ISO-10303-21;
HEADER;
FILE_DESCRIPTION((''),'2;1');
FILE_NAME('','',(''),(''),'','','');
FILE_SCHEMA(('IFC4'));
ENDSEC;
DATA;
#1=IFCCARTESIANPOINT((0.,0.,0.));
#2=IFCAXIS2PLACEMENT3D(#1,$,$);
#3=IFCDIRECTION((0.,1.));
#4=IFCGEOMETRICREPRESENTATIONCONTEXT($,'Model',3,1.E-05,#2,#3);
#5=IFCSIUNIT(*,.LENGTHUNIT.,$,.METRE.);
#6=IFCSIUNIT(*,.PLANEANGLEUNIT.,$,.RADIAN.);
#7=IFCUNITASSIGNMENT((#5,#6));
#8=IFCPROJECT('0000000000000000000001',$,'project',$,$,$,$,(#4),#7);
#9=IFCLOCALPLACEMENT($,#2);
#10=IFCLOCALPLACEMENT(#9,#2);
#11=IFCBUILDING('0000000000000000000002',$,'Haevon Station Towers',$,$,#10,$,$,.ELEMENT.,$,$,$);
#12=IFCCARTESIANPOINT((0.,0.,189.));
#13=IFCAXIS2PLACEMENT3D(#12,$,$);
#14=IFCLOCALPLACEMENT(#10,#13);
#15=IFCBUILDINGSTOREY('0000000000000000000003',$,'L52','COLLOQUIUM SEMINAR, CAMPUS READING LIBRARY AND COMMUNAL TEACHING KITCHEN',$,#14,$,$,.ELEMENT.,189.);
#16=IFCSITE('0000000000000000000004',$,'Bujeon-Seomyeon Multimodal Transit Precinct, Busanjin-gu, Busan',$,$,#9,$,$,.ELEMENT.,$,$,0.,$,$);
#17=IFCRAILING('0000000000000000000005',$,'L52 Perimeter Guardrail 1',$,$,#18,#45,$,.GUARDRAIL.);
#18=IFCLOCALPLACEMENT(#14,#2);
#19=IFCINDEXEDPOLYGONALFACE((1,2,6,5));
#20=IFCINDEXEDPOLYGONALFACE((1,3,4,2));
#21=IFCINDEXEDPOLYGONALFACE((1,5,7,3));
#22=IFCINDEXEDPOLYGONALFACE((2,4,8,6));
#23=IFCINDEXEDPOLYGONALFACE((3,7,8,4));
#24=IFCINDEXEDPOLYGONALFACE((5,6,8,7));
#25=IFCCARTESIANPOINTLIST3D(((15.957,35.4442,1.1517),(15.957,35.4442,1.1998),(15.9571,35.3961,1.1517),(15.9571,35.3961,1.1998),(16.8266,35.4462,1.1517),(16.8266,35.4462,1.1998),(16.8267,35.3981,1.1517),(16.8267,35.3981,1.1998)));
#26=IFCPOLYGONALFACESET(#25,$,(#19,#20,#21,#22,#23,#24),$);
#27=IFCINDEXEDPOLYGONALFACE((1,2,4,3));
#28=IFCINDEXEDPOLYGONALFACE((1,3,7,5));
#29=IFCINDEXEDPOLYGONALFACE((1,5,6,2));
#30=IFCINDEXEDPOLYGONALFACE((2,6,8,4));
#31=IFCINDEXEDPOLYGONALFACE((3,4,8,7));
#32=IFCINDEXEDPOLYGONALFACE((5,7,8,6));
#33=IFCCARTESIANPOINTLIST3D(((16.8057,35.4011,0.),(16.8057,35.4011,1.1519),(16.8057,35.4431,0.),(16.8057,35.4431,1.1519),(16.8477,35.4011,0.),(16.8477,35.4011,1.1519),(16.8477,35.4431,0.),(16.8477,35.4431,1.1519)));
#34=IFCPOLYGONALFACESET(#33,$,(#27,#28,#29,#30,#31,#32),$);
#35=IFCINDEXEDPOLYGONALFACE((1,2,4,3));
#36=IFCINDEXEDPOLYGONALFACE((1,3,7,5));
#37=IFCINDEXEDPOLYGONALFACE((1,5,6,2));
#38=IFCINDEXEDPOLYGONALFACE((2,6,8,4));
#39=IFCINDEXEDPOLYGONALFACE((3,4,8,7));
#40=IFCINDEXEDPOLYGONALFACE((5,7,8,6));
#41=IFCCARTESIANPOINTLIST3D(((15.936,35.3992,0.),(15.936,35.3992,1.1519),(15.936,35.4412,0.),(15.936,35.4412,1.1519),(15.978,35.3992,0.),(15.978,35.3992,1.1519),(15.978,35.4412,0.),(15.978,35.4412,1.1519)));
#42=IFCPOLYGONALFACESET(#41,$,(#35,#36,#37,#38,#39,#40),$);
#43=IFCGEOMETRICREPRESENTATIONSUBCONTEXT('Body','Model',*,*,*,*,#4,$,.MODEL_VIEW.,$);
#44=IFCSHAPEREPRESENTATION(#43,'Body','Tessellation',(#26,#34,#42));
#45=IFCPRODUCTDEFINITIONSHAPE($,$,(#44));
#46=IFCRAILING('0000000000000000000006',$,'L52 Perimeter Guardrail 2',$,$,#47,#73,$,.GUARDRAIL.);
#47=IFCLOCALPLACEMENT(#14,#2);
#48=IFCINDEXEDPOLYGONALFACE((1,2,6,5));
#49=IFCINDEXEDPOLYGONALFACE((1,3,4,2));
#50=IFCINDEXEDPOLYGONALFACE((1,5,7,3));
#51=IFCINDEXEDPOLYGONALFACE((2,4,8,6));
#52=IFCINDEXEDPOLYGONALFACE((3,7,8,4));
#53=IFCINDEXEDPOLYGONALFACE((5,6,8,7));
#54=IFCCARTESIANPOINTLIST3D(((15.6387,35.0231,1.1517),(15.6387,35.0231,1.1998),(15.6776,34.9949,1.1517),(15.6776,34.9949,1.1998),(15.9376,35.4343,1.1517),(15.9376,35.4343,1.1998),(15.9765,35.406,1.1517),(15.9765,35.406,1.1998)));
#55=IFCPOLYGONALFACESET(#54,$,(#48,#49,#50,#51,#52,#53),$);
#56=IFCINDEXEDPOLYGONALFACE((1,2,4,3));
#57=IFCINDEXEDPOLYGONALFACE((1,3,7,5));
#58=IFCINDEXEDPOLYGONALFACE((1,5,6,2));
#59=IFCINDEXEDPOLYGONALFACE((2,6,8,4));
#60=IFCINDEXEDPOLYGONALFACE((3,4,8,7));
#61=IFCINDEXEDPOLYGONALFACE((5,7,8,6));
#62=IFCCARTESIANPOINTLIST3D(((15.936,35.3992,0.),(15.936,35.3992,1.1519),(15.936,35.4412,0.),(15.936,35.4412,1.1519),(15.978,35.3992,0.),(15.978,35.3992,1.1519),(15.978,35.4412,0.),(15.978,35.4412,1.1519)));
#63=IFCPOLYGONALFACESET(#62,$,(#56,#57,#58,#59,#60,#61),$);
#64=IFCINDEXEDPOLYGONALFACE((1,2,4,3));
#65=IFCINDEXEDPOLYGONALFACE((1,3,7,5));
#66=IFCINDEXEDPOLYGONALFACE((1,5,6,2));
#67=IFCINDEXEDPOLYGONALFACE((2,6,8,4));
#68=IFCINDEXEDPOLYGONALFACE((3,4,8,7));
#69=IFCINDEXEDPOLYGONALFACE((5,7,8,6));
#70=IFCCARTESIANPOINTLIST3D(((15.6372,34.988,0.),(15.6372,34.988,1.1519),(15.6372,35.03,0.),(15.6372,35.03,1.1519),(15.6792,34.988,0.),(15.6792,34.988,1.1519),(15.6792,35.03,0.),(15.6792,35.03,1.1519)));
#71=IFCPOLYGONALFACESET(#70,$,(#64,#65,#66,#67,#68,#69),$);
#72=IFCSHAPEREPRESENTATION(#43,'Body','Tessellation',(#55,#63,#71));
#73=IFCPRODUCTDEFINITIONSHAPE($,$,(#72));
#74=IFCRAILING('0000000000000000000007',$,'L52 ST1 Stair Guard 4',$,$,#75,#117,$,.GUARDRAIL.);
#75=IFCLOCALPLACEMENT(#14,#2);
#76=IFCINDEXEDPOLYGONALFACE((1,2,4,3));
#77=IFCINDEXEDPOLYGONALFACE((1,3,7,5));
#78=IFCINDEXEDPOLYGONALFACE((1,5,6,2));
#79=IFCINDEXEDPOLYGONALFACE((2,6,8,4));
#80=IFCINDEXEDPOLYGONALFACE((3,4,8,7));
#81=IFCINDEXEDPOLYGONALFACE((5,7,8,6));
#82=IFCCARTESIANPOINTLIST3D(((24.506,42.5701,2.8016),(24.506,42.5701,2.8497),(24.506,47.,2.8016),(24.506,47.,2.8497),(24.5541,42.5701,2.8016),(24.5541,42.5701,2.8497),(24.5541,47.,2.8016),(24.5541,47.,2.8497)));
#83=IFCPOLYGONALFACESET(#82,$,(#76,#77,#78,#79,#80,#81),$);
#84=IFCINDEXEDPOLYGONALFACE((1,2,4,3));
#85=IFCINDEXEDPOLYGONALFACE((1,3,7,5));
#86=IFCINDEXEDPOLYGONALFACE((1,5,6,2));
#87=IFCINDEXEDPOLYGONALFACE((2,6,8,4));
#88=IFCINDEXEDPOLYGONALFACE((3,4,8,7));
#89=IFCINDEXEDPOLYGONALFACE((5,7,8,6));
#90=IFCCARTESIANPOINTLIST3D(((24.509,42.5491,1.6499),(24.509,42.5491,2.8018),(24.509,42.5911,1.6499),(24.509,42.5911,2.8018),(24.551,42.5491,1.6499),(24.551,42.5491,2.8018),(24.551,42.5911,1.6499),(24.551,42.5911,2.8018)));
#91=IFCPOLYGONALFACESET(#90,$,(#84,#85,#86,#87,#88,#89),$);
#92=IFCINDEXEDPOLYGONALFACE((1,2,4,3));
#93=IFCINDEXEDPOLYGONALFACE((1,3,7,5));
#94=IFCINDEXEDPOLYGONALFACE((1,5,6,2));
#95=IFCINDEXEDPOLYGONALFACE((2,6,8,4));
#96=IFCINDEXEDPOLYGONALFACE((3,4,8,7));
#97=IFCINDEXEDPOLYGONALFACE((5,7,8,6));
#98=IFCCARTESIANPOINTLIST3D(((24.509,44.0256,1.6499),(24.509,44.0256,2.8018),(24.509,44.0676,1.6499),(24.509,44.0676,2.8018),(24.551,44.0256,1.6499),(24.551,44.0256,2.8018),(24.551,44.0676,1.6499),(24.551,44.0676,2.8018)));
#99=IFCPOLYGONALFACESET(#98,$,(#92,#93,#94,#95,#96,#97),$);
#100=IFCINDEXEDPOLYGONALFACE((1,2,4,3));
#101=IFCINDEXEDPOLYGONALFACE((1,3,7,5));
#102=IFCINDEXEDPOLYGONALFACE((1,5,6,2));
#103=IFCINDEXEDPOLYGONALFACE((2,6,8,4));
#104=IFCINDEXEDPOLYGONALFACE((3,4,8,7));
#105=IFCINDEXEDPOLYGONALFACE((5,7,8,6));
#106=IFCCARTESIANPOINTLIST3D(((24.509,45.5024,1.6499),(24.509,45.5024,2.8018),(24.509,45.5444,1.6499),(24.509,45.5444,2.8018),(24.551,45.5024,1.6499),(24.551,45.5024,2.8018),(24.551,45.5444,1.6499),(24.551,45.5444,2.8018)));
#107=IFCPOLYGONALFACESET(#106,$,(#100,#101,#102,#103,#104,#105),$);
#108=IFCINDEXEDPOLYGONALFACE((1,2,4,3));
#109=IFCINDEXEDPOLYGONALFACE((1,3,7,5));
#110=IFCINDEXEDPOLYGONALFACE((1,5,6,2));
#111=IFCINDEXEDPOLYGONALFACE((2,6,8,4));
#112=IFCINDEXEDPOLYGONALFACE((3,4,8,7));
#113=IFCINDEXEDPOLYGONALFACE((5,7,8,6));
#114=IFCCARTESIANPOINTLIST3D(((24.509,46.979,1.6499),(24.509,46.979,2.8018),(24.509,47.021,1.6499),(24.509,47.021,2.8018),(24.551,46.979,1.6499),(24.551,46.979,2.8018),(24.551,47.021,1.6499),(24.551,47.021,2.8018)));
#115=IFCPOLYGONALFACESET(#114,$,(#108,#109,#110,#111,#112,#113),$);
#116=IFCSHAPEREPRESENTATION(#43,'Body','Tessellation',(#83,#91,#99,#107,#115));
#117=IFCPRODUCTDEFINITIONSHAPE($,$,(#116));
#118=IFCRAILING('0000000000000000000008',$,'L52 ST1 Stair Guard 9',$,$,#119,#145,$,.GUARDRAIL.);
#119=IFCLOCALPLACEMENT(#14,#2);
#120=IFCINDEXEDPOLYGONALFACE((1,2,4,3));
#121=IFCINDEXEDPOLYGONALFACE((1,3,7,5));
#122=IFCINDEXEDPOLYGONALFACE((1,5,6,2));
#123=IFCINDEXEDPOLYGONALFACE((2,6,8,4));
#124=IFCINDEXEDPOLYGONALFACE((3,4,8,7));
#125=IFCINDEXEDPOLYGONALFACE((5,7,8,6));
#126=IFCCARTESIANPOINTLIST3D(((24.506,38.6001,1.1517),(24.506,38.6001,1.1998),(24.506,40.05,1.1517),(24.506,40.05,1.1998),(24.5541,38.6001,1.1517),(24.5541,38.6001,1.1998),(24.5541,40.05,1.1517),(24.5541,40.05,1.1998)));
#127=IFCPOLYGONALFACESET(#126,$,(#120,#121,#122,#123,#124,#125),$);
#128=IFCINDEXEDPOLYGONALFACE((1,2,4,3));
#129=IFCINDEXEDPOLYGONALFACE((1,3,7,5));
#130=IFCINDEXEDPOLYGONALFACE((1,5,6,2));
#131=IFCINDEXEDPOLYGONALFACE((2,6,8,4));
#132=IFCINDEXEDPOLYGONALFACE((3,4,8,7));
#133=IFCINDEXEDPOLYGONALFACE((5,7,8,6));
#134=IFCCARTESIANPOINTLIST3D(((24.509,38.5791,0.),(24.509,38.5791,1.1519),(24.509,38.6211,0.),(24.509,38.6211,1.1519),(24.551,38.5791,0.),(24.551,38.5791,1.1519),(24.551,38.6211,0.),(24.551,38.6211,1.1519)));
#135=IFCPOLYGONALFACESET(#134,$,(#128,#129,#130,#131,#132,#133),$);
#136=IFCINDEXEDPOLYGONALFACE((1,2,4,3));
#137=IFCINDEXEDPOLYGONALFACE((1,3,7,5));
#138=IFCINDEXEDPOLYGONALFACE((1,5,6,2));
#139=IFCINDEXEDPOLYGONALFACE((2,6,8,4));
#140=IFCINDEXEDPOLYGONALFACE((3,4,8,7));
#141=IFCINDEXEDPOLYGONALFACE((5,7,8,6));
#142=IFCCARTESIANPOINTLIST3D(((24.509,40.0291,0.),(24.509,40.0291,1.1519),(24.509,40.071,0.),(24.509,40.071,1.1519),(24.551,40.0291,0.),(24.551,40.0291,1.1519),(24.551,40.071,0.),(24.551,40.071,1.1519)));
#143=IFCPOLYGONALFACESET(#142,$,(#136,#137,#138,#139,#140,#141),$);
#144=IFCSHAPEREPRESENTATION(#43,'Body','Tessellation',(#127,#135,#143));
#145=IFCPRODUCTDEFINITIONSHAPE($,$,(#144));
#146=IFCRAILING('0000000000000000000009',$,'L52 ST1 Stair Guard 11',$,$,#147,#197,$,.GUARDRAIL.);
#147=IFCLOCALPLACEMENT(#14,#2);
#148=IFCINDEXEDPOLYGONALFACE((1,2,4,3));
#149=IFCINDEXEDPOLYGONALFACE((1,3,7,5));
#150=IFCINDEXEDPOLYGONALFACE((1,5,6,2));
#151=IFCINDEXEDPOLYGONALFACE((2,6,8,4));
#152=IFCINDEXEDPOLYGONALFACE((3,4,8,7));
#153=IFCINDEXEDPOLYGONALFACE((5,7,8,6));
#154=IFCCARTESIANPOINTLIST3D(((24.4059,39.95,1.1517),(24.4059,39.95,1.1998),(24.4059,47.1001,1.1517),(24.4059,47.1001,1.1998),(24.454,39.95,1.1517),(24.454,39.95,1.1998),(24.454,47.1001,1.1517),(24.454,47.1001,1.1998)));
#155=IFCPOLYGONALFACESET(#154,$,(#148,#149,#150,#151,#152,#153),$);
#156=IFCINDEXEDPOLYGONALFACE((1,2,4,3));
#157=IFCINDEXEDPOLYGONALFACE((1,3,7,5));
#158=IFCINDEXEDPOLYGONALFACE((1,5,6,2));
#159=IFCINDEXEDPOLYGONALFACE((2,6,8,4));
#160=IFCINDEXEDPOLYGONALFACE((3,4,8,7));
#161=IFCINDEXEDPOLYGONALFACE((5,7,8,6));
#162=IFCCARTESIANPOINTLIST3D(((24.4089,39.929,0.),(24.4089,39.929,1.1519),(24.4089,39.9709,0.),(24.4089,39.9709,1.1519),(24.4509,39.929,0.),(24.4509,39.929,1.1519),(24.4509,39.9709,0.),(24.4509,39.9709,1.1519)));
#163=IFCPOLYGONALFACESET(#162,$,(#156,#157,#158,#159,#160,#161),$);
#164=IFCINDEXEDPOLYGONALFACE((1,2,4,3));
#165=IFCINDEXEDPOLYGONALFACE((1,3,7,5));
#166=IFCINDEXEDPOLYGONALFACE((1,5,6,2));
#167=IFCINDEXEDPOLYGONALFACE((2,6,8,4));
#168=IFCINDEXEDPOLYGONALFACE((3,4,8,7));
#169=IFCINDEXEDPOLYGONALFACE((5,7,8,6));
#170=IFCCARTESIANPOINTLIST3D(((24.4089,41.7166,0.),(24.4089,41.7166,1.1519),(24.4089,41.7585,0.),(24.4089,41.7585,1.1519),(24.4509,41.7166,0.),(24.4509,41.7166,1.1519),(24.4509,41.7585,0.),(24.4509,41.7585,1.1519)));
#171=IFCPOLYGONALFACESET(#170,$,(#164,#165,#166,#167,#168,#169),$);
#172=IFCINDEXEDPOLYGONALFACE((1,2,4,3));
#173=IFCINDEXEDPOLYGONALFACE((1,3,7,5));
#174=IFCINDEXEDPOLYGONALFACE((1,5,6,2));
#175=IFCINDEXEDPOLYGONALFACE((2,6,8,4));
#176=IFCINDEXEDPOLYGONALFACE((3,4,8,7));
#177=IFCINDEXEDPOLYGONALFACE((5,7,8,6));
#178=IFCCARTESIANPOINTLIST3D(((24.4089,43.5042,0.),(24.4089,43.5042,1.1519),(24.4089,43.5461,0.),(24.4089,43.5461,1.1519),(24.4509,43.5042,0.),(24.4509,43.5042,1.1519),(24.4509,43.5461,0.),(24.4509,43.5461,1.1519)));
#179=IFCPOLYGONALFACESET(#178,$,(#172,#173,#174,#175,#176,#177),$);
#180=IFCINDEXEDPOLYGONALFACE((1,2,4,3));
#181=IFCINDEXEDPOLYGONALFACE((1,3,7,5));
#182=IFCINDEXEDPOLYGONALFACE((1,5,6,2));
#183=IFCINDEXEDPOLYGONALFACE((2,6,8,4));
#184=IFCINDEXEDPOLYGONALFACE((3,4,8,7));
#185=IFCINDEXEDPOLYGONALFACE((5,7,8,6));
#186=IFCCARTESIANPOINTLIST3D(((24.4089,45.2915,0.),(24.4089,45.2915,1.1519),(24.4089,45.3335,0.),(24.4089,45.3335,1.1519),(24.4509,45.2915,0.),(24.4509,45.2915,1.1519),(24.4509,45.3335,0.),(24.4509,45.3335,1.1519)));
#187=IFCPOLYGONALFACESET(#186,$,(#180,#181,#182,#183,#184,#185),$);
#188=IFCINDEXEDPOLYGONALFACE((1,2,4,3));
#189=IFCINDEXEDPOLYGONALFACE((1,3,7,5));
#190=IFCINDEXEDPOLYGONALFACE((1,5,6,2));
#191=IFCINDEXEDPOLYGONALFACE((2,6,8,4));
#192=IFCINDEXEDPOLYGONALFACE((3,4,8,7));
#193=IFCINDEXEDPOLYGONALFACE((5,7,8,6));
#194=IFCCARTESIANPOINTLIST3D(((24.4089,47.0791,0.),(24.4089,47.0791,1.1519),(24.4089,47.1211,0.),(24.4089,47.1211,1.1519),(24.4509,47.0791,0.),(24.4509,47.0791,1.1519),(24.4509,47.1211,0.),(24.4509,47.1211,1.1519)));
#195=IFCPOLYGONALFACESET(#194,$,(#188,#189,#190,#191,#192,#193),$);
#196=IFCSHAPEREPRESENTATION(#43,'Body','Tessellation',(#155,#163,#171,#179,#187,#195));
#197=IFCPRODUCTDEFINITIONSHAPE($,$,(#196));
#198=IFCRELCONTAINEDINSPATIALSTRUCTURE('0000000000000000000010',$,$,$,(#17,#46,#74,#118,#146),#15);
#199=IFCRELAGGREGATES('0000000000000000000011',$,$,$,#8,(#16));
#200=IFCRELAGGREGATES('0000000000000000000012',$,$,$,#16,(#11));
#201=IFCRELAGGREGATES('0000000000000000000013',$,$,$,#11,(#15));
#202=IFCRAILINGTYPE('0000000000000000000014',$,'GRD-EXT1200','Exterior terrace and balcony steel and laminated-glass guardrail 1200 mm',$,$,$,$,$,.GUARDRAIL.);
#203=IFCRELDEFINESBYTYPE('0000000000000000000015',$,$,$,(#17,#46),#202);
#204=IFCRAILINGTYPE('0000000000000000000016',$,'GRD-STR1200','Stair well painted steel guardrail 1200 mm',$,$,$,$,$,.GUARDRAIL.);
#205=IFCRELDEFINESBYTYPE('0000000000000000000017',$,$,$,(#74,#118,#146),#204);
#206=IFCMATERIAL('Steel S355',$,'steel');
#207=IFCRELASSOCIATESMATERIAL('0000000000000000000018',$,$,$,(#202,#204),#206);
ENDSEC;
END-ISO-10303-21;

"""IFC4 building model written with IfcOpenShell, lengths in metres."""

from ifc_helpers import new_model, si_unit, direction, frame, origin, origin_2d, place, context, subcontext, project, spatial, rectangle, extrude, material, type_object, element, save


model = new_model("IFC4")

# Units and contexts
model_context = context("Model", 3, precision=1e-05, world=origin(), true_north=direction((0.0, 1.0)))
body_context = subcontext(model_context, "Body", "Model", "MODEL_VIEW")
ifc_project = project(units=[si_unit("LENGTHUNIT", "METRE"), si_unit("PLANEANGLEUNIT", "RADIAN")], contexts=[model_context])

# Site, building, storey
site_placement = place(None, origin())
site = spatial("IfcSite", under=ifc_project, at=site_placement, Name="Bujeon-Seomyeon Multimodal Transit Precinct, Busanjin-gu, Busan", CompositionType="ELEMENT", RefElevation=0.0)
building_placement = place(site_placement, origin())
building = spatial("IfcBuilding", under=site, at=building_placement, Name="Haevon Station Towers", CompositionType="ELEMENT")
storey_placement = place(building_placement, frame((0.0, 0.0, 189.0)))
storey = spatial("IfcBuildingStorey", under=building, at=storey_placement, Name="L52", Description="COLLOQUIUM SEMINAR, CAMPUS READING LIBRARY AND COMMUNAL TEACHING KITCHEN", CompositionType="ELEMENT", Elevation=189.0)

# Shared definitions
ifc_material_1 = material(Name="Steel S355", Category="steel")

# Railings
railing_type_1 = type_object("IfcRailingType", Name="GRD-EXT1200", Description="Exterior terrace and balcony steel and laminated-glass guardrail 1200 mm", PredefinedType="GUARDRAIL", material=ifc_material_1)
railing_1_placement = place(storey_placement, frame((16.8267, 35.4221, 0.0)))
element("IfcRailing", 1, at=railing_1_placement, inside=storey, type_object=railing_type_1, Name="L52 Perimeter Guardrail 1", PredefinedType="GUARDRAIL", context=body_context, shape_type="SweptSolid", body=[
    extrude(rectangle(XDim=0.0481, YDim=0.0481, at=origin_2d()), frame((0.0, 0.0, 1.1758), z_axis=(-0.999997, -0.002246, 0.0), x_axis=(0.002246, -0.999997, 0.0)), (0.0, 0.0, 1.0), 0.8696),
    extrude(rectangle(XDim=0.042, YDim=0.042, at=origin_2d()), origin(), (0.0, 0.0, 1.0), 1.1519),
    extrude(rectangle(XDim=0.042, YDim=0.042, at=origin_2d()), frame((-0.8696, -0.002, 0.0)), (0.0, 0.0, 1.0), 1.1519),
])
railing_2_placement = place(storey_placement, frame((15.957, 35.4202, 0.0)))
element("IfcRailing", 2, at=railing_2_placement, inside=storey, type_object=railing_type_1, Name="L52 Perimeter Guardrail 2", PredefinedType="GUARDRAIL", context=body_context, shape_type="SweptSolid", body=[
    extrude(rectangle(XDim=0.0481, YDim=0.0481, at=origin_2d()), frame((0.0, 0.0, 1.1758), z_axis=(-0.587943, -0.808902, 0.0), x_axis=(0.808902, -0.587943, 0.0)), (0.0, 0.0, 1.0), 0.5083),
    extrude(rectangle(XDim=0.042, YDim=0.042, at=origin_2d()), origin(), (0.0, 0.0, 1.0), 1.1519),
    extrude(rectangle(XDim=0.042, YDim=0.042, at=origin_2d()), frame((-0.2988, -0.4111, 0.0)), (0.0, 0.0, 1.0), 1.1519),
])
railing_type_2 = type_object("IfcRailingType", Name="GRD-STR1200", Description="Stair well painted steel guardrail 1200 mm", PredefinedType="GUARDRAIL", material=ifc_material_1)
railing_3_placement = place(storey_placement, frame((24.53, 42.5701, 1.6499)))
element("IfcRailing", 3, at=railing_3_placement, inside=storey, type_object=railing_type_2, Name="L52 ST1 Stair Guard 4", PredefinedType="GUARDRAIL", context=body_context, shape_type="SweptSolid", body=[
    extrude(rectangle(XDim=0.0481, YDim=0.0481, at=origin_2d()), frame((0.0, 0.0, 1.1758), z_axis=(0.0, 1.0, 0.0), x_axis=(-1.0, 0.0, 0.0)), (0.0, 0.0, 1.0), 4.4299),
    extrude(rectangle(XDim=0.042, YDim=0.042, at=origin_2d()), origin(), (0.0, 0.0, 1.0), 1.1519),
    extrude(rectangle(XDim=0.042, YDim=0.042, at=origin_2d()), frame((0.0, 1.4766, 0.0)), (0.0, 0.0, 1.0), 1.1519),
    extrude(rectangle(XDim=0.042, YDim=0.042, at=origin_2d()), frame((0.0, 2.9534, 0.0)), (0.0, 0.0, 1.0), 1.1519),
    extrude(rectangle(XDim=0.042, YDim=0.042, at=origin_2d()), frame((0.0, 4.4299, 0.0)), (0.0, 0.0, 1.0), 1.1519),
])
railing_4_placement = place(storey_placement, frame((24.53, 38.6001, 0.0)))
element("IfcRailing", 4, at=railing_4_placement, inside=storey, type_object=railing_type_2, Name="L52 ST1 Stair Guard 9", PredefinedType="GUARDRAIL", context=body_context, shape_type="SweptSolid", body=[
    extrude(rectangle(XDim=0.0481, YDim=0.0481, at=origin_2d()), frame((0.0, 0.0, 1.1758), z_axis=(0.0, 1.0, 0.0), x_axis=(-1.0, 0.0, 0.0)), (0.0, 0.0, 1.0), 1.45),
    extrude(rectangle(XDim=0.042, YDim=0.042, at=origin_2d()), origin(), (0.0, 0.0, 1.0), 1.1519),
    extrude(rectangle(XDim=0.042, YDim=0.042, at=origin_2d()), frame((0.0, 1.45, 0.0)), (0.0, 0.0, 1.0), 1.1519),
])
railing_5_placement = place(storey_placement, frame((24.4299, 39.95, 0.0)))
element("IfcRailing", 5, at=railing_5_placement, inside=storey, type_object=railing_type_2, Name="L52 ST1 Stair Guard 11", PredefinedType="GUARDRAIL", context=body_context, shape_type="SweptSolid", body=[
    extrude(rectangle(XDim=0.0481, YDim=0.0481, at=origin_2d()), frame((0.0, 0.0, 1.1758), z_axis=(0.0, 1.0, 0.0), x_axis=(-1.0, 0.0, 0.0)), (0.0, 0.0, 1.0), 7.1501),
    extrude(rectangle(XDim=0.042, YDim=0.042, at=origin_2d()), origin(), (0.0, 0.0, 1.0), 1.1519),
    extrude(rectangle(XDim=0.042, YDim=0.042, at=origin_2d()), frame((0.0, 1.7876, 0.0)), (0.0, 0.0, 1.0), 1.1519),
    extrude(rectangle(XDim=0.042, YDim=0.042, at=origin_2d()), frame((0.0, 3.5752, 0.0)), (0.0, 0.0, 1.0), 1.1519),
    extrude(rectangle(XDim=0.042, YDim=0.042, at=origin_2d()), frame((0.0, 5.3625, 0.0)), (0.0, 0.0, 1.0), 1.1519),
    extrude(rectangle(XDim=0.042, YDim=0.042, at=origin_2d()), frame((0.0, 7.1501, 0.0)), (0.0, 0.0, 1.0), 1.1519),
])

save(model, "model.ifc")
